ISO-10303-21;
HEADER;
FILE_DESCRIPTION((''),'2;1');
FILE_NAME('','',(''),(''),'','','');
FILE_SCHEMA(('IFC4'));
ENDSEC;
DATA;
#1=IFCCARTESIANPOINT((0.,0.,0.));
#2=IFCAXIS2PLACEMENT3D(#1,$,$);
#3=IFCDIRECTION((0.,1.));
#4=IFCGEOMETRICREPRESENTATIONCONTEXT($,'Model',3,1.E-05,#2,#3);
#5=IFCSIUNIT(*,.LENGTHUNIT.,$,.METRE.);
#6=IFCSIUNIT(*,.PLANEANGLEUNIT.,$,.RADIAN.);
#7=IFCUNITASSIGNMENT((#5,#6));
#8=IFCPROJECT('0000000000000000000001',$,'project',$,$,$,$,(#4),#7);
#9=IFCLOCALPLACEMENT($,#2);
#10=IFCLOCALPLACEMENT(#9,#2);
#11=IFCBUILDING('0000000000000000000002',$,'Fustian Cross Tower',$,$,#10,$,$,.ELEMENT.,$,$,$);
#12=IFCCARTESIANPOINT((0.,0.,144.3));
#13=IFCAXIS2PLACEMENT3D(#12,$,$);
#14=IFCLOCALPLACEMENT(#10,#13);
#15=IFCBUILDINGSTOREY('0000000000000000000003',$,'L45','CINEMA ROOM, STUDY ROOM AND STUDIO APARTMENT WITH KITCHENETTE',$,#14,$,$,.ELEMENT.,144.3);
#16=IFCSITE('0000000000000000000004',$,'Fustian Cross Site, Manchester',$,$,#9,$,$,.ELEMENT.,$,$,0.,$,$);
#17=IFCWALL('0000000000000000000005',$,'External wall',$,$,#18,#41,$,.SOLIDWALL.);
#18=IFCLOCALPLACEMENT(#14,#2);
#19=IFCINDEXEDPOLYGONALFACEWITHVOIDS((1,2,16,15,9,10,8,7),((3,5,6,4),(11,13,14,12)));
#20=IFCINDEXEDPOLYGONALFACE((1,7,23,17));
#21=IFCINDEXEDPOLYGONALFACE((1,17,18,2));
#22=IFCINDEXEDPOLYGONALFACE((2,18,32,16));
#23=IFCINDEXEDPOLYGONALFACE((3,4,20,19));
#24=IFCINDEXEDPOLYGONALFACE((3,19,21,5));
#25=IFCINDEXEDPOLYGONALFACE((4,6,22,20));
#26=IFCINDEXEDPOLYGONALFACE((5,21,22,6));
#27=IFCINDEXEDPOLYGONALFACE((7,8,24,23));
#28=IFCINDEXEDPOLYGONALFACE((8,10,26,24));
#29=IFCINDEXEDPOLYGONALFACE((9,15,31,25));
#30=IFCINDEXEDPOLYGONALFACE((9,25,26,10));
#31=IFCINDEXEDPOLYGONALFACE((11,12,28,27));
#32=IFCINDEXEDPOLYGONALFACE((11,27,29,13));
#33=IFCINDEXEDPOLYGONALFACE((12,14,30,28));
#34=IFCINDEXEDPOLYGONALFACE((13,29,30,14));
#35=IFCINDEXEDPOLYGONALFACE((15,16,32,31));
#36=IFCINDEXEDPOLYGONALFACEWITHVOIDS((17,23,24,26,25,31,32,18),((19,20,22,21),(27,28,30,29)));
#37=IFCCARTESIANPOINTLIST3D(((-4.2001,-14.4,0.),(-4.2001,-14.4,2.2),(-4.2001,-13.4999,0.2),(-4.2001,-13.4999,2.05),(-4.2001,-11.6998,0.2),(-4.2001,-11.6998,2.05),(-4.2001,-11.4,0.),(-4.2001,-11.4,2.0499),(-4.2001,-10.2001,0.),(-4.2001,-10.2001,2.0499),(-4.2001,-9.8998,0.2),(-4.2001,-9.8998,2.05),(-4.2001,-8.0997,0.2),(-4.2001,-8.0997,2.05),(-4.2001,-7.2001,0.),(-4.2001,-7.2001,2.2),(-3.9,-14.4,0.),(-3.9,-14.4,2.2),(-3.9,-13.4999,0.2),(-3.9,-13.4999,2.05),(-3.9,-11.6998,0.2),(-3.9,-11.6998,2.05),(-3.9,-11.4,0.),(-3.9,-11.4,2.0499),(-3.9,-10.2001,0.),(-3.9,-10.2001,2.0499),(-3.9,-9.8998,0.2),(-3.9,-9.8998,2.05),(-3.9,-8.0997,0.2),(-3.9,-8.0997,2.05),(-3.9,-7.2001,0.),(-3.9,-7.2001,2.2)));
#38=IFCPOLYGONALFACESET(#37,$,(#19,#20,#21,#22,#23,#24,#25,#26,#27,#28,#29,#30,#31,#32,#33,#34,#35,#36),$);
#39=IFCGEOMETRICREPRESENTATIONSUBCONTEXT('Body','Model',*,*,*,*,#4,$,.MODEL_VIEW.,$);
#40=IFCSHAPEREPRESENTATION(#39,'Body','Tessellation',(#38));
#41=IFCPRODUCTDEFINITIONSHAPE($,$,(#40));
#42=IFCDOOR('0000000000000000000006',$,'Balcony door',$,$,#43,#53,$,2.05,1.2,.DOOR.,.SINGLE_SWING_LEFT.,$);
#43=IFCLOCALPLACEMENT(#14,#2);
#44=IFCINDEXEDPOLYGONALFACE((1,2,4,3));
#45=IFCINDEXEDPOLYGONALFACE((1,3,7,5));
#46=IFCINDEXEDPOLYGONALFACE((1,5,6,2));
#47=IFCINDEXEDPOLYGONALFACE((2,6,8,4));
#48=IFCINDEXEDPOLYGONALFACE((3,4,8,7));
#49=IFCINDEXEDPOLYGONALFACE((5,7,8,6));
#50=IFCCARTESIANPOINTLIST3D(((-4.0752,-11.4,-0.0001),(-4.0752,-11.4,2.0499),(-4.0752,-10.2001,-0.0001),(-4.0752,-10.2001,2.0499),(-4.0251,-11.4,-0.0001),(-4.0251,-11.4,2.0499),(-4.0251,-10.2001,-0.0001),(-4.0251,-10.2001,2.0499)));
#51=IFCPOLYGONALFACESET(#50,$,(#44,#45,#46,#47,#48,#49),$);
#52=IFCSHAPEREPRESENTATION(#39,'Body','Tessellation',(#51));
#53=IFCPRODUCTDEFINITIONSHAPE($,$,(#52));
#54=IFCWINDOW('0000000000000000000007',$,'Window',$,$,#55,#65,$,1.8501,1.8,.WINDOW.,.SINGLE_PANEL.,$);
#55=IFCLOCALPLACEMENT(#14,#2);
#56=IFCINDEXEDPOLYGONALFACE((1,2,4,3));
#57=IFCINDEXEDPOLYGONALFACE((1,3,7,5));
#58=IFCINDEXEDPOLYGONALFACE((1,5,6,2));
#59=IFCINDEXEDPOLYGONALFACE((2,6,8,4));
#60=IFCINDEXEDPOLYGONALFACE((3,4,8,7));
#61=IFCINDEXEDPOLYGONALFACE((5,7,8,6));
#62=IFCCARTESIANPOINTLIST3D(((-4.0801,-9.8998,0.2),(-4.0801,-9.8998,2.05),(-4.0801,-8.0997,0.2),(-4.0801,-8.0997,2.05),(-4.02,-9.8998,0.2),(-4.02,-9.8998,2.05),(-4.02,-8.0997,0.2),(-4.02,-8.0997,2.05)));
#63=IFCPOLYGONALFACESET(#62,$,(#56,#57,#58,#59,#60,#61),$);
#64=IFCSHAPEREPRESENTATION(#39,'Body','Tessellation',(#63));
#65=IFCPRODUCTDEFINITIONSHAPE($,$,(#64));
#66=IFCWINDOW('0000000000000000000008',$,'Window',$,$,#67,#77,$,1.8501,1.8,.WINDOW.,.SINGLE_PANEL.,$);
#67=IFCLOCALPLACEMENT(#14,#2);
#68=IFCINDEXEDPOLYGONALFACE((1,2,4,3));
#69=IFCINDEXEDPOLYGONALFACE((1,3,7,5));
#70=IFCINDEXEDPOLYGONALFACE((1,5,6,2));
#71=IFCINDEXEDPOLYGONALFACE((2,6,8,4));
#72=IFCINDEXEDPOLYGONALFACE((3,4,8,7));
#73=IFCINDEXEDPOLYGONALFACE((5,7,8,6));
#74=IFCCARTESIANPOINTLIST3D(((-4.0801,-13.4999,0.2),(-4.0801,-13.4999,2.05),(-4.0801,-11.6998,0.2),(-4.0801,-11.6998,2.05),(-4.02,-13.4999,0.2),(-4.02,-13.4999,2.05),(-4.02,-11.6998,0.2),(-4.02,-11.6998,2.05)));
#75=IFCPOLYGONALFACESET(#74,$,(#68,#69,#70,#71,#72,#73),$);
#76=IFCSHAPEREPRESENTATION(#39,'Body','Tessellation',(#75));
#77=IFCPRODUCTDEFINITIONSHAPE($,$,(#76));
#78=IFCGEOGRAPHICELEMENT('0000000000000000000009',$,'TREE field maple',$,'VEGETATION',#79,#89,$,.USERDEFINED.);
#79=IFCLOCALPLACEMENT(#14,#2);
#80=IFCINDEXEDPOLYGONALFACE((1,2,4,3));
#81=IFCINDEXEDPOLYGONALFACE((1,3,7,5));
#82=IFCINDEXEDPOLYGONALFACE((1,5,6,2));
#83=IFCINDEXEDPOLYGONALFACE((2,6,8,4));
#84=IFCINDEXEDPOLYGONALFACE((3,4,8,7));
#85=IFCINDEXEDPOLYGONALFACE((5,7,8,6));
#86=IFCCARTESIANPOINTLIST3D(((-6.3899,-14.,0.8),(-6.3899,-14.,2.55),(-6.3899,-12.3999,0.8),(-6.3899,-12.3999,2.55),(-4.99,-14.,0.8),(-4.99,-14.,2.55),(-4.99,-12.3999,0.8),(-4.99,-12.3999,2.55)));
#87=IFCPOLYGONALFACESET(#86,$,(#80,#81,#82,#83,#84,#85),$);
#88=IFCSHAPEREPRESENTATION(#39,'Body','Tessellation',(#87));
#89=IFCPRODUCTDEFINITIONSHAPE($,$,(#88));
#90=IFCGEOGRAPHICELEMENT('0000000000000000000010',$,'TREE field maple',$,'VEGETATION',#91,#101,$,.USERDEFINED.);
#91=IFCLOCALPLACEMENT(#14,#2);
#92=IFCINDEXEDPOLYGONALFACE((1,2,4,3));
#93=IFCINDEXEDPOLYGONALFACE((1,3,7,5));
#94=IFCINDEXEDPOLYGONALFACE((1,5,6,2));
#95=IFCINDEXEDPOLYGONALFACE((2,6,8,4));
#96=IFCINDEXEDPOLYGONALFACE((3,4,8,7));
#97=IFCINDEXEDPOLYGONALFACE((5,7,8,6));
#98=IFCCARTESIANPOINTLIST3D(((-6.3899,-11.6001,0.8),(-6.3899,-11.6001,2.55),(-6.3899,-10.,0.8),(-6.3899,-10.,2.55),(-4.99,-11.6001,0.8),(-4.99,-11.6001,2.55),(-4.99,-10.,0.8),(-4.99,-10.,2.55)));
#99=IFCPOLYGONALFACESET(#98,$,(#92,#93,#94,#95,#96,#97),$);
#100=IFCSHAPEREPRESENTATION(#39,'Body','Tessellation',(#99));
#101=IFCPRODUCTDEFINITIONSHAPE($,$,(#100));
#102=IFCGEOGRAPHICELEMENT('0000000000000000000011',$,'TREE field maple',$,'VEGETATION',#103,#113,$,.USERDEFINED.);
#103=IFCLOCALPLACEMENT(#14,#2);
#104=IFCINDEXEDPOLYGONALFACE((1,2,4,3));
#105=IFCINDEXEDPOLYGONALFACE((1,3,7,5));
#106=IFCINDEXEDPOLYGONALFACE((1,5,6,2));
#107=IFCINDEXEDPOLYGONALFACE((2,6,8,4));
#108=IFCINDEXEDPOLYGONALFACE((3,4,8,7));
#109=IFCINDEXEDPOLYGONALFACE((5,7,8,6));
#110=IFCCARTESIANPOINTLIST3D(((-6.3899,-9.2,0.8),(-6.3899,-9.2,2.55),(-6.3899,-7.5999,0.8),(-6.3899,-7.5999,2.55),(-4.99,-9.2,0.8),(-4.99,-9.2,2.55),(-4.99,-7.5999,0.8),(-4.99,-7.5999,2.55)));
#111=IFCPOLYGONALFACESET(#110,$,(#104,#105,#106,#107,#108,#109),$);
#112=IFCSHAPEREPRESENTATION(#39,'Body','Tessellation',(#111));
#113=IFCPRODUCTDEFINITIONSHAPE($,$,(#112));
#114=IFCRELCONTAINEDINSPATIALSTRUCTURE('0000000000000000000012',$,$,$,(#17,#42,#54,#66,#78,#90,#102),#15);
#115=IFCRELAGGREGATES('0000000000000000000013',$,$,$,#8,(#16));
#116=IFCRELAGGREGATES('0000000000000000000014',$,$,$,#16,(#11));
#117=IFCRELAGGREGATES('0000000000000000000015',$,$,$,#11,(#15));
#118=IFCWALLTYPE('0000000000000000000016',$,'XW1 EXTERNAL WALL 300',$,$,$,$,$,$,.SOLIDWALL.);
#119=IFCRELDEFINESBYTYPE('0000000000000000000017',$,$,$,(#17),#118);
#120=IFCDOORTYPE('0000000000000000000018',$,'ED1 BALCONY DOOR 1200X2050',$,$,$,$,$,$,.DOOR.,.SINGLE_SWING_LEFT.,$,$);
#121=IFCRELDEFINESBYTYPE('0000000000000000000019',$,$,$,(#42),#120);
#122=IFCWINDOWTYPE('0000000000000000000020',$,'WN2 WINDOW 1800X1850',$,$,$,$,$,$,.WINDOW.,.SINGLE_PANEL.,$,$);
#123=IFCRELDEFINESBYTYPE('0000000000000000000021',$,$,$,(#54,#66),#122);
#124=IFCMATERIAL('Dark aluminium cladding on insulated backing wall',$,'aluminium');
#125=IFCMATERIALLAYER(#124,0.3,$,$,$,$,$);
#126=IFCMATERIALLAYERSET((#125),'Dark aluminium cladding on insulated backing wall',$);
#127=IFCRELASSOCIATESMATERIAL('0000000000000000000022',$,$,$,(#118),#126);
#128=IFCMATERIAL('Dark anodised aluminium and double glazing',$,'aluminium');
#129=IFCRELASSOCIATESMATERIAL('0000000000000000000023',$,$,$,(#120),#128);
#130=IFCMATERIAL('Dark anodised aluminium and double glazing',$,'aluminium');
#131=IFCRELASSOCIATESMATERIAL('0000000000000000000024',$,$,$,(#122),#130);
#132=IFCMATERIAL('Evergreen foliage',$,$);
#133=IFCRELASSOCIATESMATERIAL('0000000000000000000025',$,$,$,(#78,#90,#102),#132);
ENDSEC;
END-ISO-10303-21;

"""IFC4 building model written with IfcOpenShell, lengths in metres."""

from ifc_helpers import new_model, si_unit, direction, frame, frame_2d, origin, origin_2d, place, context, subcontext, project, spatial, rectangle, extrude, material, layer, layer_set, type_object, element, fill, save


model = new_model("IFC4")

# Units and contexts
model_context = context("Model", 3, precision=1e-05, world=origin(), true_north=direction((0.0, 1.0)))
body_context = subcontext(model_context, "Body", "Model", "MODEL_VIEW")
ifc_project = project(units=[si_unit("LENGTHUNIT", "METRE"), si_unit("PLANEANGLEUNIT", "RADIAN")], contexts=[model_context])

# Site, building, storey
site_placement = place(None, origin())
site = spatial("IfcSite", under=ifc_project, at=site_placement, Name="Fustian Cross Site, Manchester", CompositionType="ELEMENT", RefElevation=0.0)
building_placement = place(site_placement, origin())
building = spatial("IfcBuilding", under=site, at=building_placement, Name="Fustian Cross Tower", CompositionType="ELEMENT")
storey_placement = place(building_placement, frame((0.0, 0.0, 144.3)))
storey = spatial("IfcBuildingStorey", under=building, at=storey_placement, Name="L45", Description="CINEMA ROOM, STUDY ROOM AND STUDIO APARTMENT WITH KITCHENETTE", CompositionType="ELEMENT", Elevation=144.3)

# Shared definitions
ifc_material_1 = material(Name="Dark aluminium cladding on insulated backing wall", Category="aluminium")
ifc_layer_1 = layer(ifc_material_1, 0.3)
ifc_layer_set_1 = layer_set([ifc_layer_1], Name="Dark aluminium cladding on insulated backing wall")
wall_type_1 = type_object("IfcWallType", Name="XW1 EXTERNAL WALL 300", PredefinedType="SOLIDWALL", material=ifc_layer_set_1)

# Wall, openings, door, windows
wall_1_placement = place(storey_placement, frame((-4.05, -7.2, 0.0), z_axis=(0.0, 0.0, 1.0), x_axis=(0.0, -1.0, 0.0)))
wall_1 = element("IfcWall", 1, at=wall_1_placement, inside=storey, type_object=wall_type_1, Name="External wall", PredefinedType="SOLIDWALL", context=body_context, shape_type="SweptSolid", body=[
    extrude(rectangle(XDim=7.2, YDim=0.3, at=frame_2d((3.6001, 0.0))), origin(), (0.0, 0.0, 1.0), 2.2),
])
opening_1_placement = place(wall_1_placement, frame((3.0, 0.0, 0.0)))
opening_1 = element("IfcOpeningElement", 2, at=opening_1_placement, cuts=wall_1, PredefinedType="OPENING", context=body_context, shape_type="SweptSolid", body=[
    extrude(rectangle(XDim=1.2, YDim=2.05, at=frame_2d((0.6001, 1.0249))), frame((0.0, 0.1599, 0.0), z_axis=(0.0, -1.0, 0.0), x_axis=(1.0, 0.0, 0.0)), (0.0, 0.0, 1.0), 0.3201),
])
opening_2_placement = place(wall_1_placement, frame((0.8999, 0.0, 0.2)))
opening_2 = element("IfcOpeningElement", 3, at=opening_2_placement, cuts=wall_1, PredefinedType="OPENING", context=body_context, shape_type="SweptSolid", body=[
    extrude(rectangle(XDim=1.8, YDim=1.8501, at=frame_2d((0.8999, 0.925))), frame((0.0, 0.1599, 0.0), z_axis=(0.0, -1.0, 0.0), x_axis=(1.0, 0.0, 0.0)), (0.0, 0.0, 1.0), 0.3201),
])
opening_3_placement = place(wall_1_placement, frame((4.5, 0.0, 0.2)))
opening_3 = element("IfcOpeningElement", 4, at=opening_3_placement, cuts=wall_1, PredefinedType="OPENING", context=body_context, shape_type="SweptSolid", body=[
    extrude(rectangle(XDim=1.8, YDim=1.8501, at=frame_2d((0.8999, 0.925))), frame((0.0, 0.1599, 0.0), z_axis=(0.0, -1.0, 0.0), x_axis=(1.0, 0.0, 0.0)), (0.0, 0.0, 1.0), 0.3201),
])
ifc_material_2 = material(Name="Dark anodised aluminium and double glazing", Category="aluminium")
door_type_1 = type_object("IfcDoorType", Name="ED1 BALCONY DOOR 1200X2050", OperationType="SINGLE_SWING_LEFT", PredefinedType="DOOR", material=ifc_material_2)
door_1_placement = place(opening_1_placement, origin())
door_1 = element("IfcDoor", 5, at=door_1_placement, inside=storey, type_object=door_type_1, Name="Balcony door", OperationType="SINGLE_SWING_LEFT", OverallHeight=2.05, OverallWidth=1.2, PredefinedType="DOOR", context=body_context, shape_type="SweptSolid", body=[
    extrude(rectangle(XDim=1.2, YDim=2.05, at=frame_2d((0.6001, 1.0249))), frame((0.0, 0.0249, 0.0), z_axis=(0.0, -1.0, 0.0), x_axis=(1.0, 0.0, 0.0)), (0.0, 0.0, 1.0), 0.05),
])
fill(opening_1, door_1)
ifc_material_3 = material(Name="Dark anodised aluminium and double glazing", Category="aluminium")
window_type = type_object("IfcWindowType", Name="WN2 WINDOW 1800X1850", PartitioningType="SINGLE_PANEL", PredefinedType="WINDOW", material=ifc_material_3)
window_1_placement = place(opening_2_placement, origin())
window_1 = element("IfcWindow", 6, at=window_1_placement, inside=storey, type_object=window_type, Name="Window", OverallHeight=1.8501, OverallWidth=1.8, PartitioningType="SINGLE_PANEL", PredefinedType="WINDOW", context=body_context, shape_type="SweptSolid", body=[
    extrude(rectangle(XDim=1.8, YDim=1.8501, at=frame_2d((0.8999, 0.925))), frame((0.0, 0.03, 0.0), z_axis=(0.0, -1.0, 0.0), x_axis=(1.0, 0.0, 0.0)), (0.0, 0.0, 1.0), 0.0601),
])
fill(opening_2, window_1)
window_2_placement = place(opening_3_placement, origin())
window_2 = element("IfcWindow", 7, at=window_2_placement, inside=storey, type_object=window_type, Name="Window", OverallHeight=1.8501, OverallWidth=1.8, PartitioningType="SINGLE_PANEL", PredefinedType="WINDOW", context=body_context, shape_type="SweptSolid", body=[
    extrude(rectangle(XDim=1.8, YDim=1.8501, at=frame_2d((0.8999, 0.925))), frame((0.0, 0.03, 0.0), z_axis=(0.0, -1.0, 0.0), x_axis=(1.0, 0.0, 0.0)), (0.0, 0.0, 1.0), 0.0601),
])
fill(opening_3, window_2)

# Geographic elements
ifc_material_4 = material(Name="Evergreen foliage")
for number, where, z_axis, x_axis, name in (
    (8, (-5.6899, -13.2, 0.8), (0.0, 0.0, 1.0), (1.0, 0.0, 0.0), "TREE field maple"),
    (9, (-5.6899, -10.8, 0.8), (0.0, 0.0, 1.0), (1.0, 0.0, 0.0), "TREE field maple"),
    (10, (-5.6899, -8.3999, 0.8), (0.0, 0.0, 1.0), (1.0, 0.0, 0.0), "TREE field maple"),
):
    element("IfcGeographicElement", number, at=place(storey_placement, frame(where, z_axis=z_axis, x_axis=x_axis)), inside=storey, material=ifc_material_4, Name=name, ObjectType="VEGETATION", PredefinedType="USERDEFINED", context=body_context, shape_type="SweptSolid", body=[
        extrude(rectangle(XDim=1.3999, YDim=1.6001, at=origin_2d()), origin(), (0.0, 0.0, 1.0), 1.75),
    ])

save(model, "model.ifc")
